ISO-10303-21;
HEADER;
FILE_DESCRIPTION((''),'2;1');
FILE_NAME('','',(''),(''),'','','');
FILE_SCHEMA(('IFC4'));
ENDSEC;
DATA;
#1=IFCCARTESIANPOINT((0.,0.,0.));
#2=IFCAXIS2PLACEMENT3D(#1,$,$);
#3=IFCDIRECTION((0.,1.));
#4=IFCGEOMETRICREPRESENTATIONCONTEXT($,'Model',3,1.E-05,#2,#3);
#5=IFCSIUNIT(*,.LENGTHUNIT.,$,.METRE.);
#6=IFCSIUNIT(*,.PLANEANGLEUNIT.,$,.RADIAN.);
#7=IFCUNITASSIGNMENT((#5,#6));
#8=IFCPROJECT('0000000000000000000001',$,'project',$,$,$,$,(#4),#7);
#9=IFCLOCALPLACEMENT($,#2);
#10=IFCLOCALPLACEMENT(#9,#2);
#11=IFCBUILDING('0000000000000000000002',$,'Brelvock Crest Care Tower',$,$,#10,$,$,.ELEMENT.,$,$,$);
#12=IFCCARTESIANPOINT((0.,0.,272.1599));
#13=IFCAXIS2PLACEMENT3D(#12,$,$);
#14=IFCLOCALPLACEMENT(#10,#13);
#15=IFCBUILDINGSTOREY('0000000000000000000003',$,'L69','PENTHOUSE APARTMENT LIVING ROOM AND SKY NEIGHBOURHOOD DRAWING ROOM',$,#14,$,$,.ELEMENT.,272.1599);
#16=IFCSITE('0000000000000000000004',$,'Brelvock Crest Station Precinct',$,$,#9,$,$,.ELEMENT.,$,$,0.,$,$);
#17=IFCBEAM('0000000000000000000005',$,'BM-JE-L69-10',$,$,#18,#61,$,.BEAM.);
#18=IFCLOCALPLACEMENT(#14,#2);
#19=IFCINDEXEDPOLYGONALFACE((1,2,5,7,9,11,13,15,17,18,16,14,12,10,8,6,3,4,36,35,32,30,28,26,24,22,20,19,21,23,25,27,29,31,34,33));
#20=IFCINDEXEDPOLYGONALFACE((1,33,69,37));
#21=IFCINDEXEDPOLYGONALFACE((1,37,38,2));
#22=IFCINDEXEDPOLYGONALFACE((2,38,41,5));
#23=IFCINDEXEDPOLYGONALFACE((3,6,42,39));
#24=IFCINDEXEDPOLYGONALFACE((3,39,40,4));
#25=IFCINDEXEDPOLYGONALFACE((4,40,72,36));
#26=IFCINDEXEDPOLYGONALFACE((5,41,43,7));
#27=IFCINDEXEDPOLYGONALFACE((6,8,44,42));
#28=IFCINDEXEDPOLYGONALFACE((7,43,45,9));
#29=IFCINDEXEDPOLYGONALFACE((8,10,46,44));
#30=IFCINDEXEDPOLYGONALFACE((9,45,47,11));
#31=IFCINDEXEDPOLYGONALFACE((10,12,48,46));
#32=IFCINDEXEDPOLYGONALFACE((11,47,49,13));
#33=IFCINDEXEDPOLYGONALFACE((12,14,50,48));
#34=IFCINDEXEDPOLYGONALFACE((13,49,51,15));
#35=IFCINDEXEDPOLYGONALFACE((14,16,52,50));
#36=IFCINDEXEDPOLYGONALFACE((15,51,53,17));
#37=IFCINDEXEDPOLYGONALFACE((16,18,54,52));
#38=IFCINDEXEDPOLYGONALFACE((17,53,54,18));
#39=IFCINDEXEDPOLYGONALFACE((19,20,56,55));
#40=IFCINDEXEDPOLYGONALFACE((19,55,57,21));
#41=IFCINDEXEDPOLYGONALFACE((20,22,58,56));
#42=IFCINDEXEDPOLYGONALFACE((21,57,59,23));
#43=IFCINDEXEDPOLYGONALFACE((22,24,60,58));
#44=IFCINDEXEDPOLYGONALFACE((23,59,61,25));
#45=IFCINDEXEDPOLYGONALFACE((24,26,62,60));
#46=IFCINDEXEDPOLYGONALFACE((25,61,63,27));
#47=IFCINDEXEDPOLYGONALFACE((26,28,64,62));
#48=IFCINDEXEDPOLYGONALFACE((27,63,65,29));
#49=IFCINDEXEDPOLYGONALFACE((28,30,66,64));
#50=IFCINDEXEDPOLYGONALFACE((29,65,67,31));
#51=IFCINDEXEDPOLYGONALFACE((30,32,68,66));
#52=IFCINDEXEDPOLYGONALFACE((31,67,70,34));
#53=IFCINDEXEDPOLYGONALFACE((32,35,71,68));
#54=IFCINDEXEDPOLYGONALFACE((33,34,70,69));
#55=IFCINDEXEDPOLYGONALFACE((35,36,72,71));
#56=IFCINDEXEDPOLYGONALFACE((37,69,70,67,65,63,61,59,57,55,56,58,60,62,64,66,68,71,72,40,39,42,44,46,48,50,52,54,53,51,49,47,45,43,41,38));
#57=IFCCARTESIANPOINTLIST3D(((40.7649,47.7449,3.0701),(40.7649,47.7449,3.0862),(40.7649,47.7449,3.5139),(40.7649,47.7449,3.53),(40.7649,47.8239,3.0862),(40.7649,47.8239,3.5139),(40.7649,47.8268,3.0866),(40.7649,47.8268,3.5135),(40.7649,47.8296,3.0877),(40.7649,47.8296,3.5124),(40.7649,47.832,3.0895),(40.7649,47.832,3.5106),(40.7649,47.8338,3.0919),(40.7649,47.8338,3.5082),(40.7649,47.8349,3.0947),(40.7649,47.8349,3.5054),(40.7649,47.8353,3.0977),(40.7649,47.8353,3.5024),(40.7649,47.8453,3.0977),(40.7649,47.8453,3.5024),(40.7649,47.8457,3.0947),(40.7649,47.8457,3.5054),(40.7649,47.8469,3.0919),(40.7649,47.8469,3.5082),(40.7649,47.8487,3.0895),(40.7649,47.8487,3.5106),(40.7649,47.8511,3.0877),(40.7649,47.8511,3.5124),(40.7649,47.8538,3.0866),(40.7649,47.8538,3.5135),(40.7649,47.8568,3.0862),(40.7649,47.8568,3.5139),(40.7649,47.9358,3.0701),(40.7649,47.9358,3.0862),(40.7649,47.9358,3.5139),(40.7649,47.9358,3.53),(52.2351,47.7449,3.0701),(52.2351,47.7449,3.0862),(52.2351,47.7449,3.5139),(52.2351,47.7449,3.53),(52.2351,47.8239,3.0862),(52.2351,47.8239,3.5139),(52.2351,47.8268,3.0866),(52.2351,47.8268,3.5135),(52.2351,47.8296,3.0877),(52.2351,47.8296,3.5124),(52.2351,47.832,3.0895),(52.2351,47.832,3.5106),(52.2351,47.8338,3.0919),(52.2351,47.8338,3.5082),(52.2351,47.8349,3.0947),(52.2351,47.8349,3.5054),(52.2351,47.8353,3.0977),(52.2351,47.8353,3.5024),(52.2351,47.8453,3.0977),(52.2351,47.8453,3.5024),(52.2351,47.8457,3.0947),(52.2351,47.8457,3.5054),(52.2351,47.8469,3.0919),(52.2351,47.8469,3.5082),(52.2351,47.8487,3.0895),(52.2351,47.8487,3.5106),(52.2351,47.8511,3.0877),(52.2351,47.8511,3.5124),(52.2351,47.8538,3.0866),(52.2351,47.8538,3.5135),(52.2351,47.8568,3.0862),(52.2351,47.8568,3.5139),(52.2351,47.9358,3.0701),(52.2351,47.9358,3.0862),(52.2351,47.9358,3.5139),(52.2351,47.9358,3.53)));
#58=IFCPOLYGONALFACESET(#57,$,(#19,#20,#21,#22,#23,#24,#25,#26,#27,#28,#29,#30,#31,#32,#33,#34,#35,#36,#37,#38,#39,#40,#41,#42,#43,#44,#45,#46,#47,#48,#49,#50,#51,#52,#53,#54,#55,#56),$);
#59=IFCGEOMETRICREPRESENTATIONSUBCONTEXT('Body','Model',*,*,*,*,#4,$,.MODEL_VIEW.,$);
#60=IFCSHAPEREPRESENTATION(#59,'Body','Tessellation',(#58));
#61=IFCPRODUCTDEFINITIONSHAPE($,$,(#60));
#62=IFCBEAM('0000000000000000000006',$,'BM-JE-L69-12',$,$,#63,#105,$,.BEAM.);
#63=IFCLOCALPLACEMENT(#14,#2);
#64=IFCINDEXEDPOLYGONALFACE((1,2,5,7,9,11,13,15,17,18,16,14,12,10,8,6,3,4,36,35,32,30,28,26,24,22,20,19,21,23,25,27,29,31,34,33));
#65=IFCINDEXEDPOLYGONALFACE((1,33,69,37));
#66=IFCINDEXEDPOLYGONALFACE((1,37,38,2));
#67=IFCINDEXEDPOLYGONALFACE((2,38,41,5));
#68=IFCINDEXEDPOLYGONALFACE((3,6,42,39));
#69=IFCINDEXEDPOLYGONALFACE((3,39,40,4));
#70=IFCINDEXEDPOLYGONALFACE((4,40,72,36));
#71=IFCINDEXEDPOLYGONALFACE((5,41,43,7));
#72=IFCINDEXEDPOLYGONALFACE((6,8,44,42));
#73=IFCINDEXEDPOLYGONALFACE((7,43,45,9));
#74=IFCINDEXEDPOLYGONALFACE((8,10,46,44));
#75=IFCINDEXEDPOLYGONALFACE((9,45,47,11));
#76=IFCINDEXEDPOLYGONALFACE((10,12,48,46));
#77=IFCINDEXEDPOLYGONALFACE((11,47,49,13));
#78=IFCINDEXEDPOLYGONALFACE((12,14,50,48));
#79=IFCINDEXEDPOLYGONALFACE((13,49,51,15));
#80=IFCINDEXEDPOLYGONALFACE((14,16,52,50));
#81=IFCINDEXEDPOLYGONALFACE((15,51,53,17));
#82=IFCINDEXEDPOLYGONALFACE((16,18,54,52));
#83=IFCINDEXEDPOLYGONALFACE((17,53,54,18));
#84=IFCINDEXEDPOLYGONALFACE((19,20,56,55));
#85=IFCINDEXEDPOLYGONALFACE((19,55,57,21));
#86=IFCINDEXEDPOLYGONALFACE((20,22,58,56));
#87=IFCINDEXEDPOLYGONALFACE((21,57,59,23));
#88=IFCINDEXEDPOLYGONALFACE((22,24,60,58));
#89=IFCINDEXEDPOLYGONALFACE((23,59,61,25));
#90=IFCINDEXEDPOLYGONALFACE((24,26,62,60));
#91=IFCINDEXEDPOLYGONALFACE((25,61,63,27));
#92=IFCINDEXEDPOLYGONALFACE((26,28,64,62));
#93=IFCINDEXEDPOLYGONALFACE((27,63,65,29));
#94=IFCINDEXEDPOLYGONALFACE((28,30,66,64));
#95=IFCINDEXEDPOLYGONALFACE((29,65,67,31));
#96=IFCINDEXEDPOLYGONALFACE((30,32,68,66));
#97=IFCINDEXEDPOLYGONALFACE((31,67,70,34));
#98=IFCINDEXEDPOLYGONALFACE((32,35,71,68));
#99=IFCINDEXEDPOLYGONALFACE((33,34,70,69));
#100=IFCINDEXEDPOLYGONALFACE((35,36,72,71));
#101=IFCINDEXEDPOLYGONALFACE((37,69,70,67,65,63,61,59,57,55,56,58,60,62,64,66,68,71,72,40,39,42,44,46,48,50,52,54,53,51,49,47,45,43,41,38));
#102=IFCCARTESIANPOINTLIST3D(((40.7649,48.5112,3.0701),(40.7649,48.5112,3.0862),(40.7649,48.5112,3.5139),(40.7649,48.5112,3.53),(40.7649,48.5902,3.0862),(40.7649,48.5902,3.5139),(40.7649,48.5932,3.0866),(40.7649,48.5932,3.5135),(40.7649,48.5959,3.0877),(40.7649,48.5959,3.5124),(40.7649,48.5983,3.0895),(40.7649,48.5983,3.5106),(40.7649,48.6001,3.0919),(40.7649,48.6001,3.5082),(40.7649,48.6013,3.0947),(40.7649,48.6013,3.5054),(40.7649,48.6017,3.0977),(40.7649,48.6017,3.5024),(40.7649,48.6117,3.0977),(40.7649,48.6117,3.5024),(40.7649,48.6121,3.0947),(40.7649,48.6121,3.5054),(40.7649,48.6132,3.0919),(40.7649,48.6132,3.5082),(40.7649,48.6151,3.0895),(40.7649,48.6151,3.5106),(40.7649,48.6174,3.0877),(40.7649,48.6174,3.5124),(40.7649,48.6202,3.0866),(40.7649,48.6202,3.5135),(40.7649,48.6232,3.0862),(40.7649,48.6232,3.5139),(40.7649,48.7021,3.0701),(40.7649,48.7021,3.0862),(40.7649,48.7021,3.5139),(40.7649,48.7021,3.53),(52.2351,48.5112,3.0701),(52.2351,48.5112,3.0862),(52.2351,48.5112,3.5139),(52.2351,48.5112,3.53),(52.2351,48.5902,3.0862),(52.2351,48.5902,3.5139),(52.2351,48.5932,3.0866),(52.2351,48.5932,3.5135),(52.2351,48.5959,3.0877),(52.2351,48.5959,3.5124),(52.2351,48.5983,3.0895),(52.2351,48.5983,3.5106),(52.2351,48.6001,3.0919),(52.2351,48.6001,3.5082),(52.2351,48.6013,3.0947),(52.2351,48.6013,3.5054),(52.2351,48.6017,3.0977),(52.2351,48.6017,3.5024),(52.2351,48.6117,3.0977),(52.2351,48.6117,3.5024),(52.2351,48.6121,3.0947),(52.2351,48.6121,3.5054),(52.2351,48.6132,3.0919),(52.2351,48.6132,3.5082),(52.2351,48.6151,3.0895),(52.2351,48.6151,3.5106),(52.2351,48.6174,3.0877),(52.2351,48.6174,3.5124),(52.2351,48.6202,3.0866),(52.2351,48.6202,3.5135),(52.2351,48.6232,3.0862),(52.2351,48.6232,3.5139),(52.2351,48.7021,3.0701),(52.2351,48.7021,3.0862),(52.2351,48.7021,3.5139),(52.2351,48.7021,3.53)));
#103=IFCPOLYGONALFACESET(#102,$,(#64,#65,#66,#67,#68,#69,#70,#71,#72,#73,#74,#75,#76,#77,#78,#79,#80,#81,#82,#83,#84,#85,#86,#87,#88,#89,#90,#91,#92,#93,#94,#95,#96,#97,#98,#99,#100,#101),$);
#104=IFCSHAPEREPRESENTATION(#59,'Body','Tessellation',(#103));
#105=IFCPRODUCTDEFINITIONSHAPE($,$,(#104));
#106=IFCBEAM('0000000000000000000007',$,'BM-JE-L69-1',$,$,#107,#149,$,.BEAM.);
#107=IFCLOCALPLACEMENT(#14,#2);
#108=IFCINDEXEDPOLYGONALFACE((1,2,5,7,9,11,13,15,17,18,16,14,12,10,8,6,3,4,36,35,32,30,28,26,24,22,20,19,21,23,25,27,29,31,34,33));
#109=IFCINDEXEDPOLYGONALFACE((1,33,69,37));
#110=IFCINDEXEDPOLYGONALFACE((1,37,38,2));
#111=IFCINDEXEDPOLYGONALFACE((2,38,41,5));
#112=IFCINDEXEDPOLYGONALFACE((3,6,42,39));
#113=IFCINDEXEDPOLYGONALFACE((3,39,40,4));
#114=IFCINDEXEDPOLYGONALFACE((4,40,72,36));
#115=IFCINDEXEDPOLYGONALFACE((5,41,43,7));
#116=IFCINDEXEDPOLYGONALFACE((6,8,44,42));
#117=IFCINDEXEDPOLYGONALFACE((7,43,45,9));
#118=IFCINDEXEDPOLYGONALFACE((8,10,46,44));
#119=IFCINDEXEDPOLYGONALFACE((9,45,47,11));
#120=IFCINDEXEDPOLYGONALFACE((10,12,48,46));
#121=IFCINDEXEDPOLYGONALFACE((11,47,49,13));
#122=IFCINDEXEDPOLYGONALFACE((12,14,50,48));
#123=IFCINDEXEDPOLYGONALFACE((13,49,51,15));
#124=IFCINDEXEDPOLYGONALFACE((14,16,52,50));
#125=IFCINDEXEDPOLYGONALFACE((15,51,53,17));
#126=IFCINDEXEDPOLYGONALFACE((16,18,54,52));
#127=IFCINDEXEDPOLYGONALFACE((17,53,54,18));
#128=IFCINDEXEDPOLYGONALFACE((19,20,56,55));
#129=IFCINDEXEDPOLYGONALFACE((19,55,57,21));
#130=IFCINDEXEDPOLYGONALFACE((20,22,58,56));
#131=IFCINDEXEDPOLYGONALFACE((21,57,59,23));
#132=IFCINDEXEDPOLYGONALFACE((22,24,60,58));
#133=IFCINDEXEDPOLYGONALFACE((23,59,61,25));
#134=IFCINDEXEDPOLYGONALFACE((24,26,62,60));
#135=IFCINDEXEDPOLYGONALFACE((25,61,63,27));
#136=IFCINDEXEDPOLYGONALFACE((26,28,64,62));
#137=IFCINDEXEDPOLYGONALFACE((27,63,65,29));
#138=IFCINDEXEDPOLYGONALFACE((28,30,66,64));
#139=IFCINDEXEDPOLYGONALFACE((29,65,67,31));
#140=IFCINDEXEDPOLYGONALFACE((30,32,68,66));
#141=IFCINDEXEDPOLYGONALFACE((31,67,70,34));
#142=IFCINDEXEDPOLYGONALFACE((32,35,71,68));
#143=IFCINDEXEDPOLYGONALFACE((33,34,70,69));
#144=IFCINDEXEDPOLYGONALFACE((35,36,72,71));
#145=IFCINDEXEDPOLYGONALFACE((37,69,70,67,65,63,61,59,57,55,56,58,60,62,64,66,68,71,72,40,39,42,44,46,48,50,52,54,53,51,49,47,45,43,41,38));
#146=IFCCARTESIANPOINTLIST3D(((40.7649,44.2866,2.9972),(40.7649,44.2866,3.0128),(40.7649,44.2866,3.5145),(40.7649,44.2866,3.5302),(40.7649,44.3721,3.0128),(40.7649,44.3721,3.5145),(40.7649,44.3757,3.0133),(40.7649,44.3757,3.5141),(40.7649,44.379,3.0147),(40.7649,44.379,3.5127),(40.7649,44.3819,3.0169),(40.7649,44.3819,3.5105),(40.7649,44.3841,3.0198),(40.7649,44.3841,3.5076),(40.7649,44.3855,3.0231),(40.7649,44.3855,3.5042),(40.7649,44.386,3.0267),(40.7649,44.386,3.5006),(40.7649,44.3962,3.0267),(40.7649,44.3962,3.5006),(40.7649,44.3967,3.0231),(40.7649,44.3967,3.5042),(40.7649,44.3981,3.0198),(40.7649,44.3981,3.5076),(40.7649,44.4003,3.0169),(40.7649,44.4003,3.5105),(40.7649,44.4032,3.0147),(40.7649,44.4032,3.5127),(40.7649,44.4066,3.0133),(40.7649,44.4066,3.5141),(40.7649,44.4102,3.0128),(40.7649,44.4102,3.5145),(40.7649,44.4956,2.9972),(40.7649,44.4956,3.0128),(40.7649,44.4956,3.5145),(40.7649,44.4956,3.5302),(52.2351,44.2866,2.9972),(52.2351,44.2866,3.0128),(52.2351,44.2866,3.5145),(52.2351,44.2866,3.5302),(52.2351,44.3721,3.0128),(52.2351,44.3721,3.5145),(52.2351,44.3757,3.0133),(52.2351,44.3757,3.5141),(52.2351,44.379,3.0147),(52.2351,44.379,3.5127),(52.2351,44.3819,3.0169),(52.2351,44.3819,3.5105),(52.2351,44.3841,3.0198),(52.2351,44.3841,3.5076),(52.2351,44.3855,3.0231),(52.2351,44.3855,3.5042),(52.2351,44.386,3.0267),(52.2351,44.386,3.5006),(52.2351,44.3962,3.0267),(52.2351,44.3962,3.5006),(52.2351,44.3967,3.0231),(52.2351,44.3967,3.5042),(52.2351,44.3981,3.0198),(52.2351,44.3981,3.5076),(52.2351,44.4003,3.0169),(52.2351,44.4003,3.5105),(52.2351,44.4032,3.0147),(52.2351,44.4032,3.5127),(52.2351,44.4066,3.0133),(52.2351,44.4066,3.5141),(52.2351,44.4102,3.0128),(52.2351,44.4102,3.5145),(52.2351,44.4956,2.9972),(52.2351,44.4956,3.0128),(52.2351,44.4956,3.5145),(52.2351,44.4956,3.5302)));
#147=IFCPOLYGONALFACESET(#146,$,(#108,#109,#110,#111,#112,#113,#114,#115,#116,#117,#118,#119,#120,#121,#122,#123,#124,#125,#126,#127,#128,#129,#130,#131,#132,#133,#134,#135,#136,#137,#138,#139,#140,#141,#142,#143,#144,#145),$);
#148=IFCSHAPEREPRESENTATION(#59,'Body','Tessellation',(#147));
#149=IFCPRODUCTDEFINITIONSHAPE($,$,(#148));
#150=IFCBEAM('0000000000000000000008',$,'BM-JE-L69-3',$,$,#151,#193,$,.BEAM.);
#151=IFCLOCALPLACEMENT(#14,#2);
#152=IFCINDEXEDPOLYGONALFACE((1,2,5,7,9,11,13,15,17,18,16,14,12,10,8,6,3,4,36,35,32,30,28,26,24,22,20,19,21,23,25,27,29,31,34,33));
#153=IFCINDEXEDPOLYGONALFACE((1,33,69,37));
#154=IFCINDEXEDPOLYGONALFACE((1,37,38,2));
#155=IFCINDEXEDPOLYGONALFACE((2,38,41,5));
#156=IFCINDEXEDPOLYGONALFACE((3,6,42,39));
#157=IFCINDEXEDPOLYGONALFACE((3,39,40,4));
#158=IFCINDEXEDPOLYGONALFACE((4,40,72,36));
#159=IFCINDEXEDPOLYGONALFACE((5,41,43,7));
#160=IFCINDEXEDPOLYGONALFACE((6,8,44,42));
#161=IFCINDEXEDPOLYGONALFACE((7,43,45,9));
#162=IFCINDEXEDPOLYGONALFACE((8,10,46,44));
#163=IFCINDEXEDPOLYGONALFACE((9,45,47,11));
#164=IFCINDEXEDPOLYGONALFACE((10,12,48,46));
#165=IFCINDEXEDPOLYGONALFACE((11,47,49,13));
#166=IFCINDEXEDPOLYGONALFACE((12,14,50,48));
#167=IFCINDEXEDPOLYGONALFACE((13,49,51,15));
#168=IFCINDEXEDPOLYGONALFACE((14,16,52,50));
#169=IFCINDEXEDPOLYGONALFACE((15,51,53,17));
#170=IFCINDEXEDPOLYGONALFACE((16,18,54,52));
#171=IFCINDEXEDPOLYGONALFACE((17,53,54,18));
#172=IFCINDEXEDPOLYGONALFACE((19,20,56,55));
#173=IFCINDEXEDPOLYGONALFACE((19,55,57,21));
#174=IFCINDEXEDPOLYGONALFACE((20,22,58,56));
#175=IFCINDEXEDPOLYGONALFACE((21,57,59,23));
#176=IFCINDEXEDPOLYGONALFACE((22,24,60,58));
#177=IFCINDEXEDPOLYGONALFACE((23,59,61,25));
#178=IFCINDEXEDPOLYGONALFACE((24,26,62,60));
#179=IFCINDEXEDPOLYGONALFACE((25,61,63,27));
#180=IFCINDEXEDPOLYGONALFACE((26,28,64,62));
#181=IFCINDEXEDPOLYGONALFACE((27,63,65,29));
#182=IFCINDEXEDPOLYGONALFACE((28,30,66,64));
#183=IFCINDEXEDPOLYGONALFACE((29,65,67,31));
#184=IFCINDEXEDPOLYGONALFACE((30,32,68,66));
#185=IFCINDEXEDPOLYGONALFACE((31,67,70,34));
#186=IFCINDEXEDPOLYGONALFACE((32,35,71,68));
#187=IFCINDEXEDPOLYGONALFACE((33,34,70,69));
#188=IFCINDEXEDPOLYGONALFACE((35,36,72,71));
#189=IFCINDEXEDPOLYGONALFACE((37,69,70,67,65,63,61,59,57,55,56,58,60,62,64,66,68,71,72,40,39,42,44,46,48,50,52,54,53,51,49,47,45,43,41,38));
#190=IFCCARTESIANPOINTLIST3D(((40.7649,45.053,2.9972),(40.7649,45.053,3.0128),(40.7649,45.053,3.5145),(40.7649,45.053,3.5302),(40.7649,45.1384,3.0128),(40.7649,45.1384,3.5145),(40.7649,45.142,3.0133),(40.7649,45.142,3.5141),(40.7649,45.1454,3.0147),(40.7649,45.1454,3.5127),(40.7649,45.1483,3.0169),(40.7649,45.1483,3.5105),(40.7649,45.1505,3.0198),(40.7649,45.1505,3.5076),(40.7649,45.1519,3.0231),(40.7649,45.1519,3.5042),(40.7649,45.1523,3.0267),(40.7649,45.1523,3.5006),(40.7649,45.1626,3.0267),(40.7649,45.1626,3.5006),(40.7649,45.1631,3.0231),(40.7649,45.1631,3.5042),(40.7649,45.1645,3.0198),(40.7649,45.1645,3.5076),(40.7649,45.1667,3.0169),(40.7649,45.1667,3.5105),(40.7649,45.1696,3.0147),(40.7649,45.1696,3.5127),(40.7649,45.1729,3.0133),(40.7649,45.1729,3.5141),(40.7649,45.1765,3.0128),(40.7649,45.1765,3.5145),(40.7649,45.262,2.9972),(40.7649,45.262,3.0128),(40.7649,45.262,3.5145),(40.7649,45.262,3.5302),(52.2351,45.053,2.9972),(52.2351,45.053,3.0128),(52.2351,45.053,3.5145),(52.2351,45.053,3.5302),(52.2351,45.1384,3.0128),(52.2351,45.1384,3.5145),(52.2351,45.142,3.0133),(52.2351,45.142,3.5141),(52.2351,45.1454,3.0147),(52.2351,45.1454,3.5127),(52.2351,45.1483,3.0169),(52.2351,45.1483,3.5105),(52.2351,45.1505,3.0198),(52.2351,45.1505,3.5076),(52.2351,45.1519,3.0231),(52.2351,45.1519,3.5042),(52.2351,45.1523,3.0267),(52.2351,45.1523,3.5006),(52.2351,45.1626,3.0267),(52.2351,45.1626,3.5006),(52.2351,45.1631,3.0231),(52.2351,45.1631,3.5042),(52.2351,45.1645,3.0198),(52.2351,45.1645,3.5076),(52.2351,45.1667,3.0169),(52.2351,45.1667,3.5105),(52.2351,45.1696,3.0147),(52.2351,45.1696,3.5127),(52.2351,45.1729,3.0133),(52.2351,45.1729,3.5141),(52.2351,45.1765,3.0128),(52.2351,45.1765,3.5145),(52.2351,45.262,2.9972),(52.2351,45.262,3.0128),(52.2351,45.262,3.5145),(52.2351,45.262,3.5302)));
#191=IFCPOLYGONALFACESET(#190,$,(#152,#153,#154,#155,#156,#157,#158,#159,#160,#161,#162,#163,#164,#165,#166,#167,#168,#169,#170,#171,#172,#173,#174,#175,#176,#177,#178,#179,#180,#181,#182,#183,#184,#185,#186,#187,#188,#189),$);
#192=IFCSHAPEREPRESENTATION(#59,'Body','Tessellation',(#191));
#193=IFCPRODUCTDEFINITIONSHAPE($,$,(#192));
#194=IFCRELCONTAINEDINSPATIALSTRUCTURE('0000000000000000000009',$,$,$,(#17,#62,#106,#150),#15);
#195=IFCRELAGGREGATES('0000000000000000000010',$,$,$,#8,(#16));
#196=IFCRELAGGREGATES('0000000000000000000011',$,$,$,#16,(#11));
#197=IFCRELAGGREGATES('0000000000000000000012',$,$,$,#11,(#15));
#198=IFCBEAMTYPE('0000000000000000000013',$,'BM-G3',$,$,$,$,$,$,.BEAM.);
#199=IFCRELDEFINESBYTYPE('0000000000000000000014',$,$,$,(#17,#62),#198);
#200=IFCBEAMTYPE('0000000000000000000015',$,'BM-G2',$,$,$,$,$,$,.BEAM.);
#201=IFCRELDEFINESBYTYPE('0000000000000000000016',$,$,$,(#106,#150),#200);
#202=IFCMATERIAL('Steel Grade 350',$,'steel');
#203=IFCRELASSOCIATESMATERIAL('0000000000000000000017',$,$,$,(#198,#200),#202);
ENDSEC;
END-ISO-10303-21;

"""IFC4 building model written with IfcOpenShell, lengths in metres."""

from ifc_helpers import new_model, si_unit, direction, frame, origin, origin_2d, place, context, subcontext, project, spatial, i_section, extrude, source, transform, mapped, material, material_profile, profile_set, type_object, element, save


model = new_model("IFC4")

# Units and contexts
model_context = context("Model", 3, precision=1e-05, world=origin(), true_north=direction((0.0, 1.0)))
body_context = subcontext(model_context, "Body", "Model", "MODEL_VIEW")
ifc_project = project(units=[si_unit("LENGTHUNIT", "METRE"), si_unit("PLANEANGLEUNIT", "RADIAN")], contexts=[model_context])

# Site, building, storey
site_placement = place(None, origin())
site = spatial("IfcSite", under=ifc_project, at=site_placement, Name="Brelvock Crest Station Precinct", CompositionType="ELEMENT", RefElevation=0.0)
building_placement = place(site_placement, origin())
building = spatial("IfcBuilding", under=site, at=building_placement, Name="Brelvock Crest Care Tower", CompositionType="ELEMENT")
storey_placement = place(building_placement, frame((0.0, 0.0, 272.1599)))
storey = spatial("IfcBuildingStorey", under=building, at=storey_placement, Name="L69", Description="PENTHOUSE APARTMENT LIVING ROOM AND SKY NEIGHBOURHOOD DRAWING ROOM", CompositionType="ELEMENT", Elevation=272.1599)

# Beams
ifc_material_1 = material(Name="Steel Grade 350", Category="steel")
ifc_material_profile_1 = material_profile(ifc_material_1, i_section(OverallWidth=0.1909, OverallDepth=0.46, WebThickness=0.01, FlangeThickness=0.0161, FilletRadius=0.0115, at=origin_2d()), Name="460UB82.1")
ifc_profile_set_1 = profile_set([ifc_material_profile_1], Name="Steel Grade 350")
beam_type_1 = type_object("IfcBeamType", Name="BM-G3", PredefinedType="BEAM", material=ifc_profile_set_1)
shared_shape_1 = source(origin(), body_context, "Body", "SweptSolid", [
    extrude(i_section(OverallWidth=0.1909, OverallDepth=0.46, WebThickness=0.01, FlangeThickness=0.0161, FilletRadius=0.0115, at=origin_2d()), origin(), (0.0, 0.0, 1.0), 11.4702),
])
for number, where, z_axis, x_axis, name in (
    (1, (40.7649, 47.8403, 3.3), (1.0, 0.0, 0.0), (0.0, 1.0, 0.0), "BM-JE-L69-10"),
    (2, (40.7649, 48.6067, 3.3), (1.0, 0.0, 0.0), (0.0, 1.0, 0.0), "BM-JE-L69-12"),
):
    element("IfcBeam", number, at=place(storey_placement, frame(where, z_axis=z_axis, x_axis=x_axis)), inside=storey, type_object=beam_type_1, Name=name, PredefinedType="BEAM", context=body_context, shape_type="MappedRepresentation", body=[
        mapped(shared_shape_1, transform((0.0, 0.0, 0.0), x_axis=(1.0, 0.0, 0.0), y_axis=(0.0, 1.0, 0.0), z_axis=(0.0, 0.0, 1.0), scale=1.0)),
    ])
ifc_material_profile_2 = material_profile(ifc_material_1, i_section(OverallWidth=0.209, OverallDepth=0.533, WebThickness=0.0103, FlangeThickness=0.0156, FilletRadius=0.0139, at=origin_2d()), Name="530UB92.4")
ifc_profile_set_2 = profile_set([ifc_material_profile_2], Name="Steel Grade 350")
beam_type_2 = type_object("IfcBeamType", Name="BM-G2", PredefinedType="BEAM", material=ifc_profile_set_2)
shared_shape_2 = source(origin(), body_context, "Body", "SweptSolid", [
    extrude(i_section(OverallWidth=0.209, OverallDepth=0.533, WebThickness=0.0103, FlangeThickness=0.0156, FilletRadius=0.0139, at=origin_2d()), origin(), (0.0, 0.0, 1.0), 11.4702),
])
for number, where, z_axis, x_axis, name in (
    (3, (40.7649, 44.3911, 3.2637), (1.0, 0.0, 0.0), (0.0, 1.0, 0.0), "BM-JE-L69-1"),
    (4, (40.7649, 45.1575, 3.2637), (1.0, 0.0, 0.0), (0.0, 1.0, 0.0), "BM-JE-L69-3"),
):
    element("IfcBeam", number, at=place(storey_placement, frame(where, z_axis=z_axis, x_axis=x_axis)), inside=storey, type_object=beam_type_2, Name=name, PredefinedType="BEAM", context=body_context, shape_type="MappedRepresentation", body=[
        mapped(shared_shape_2, transform((0.0, 0.0, 0.0), x_axis=(1.0, 0.0, 0.0), y_axis=(0.0, 1.0, 0.0), z_axis=(0.0, 0.0, 1.0), scale=1.0)),
    ])

save(model, "model.ifc")
